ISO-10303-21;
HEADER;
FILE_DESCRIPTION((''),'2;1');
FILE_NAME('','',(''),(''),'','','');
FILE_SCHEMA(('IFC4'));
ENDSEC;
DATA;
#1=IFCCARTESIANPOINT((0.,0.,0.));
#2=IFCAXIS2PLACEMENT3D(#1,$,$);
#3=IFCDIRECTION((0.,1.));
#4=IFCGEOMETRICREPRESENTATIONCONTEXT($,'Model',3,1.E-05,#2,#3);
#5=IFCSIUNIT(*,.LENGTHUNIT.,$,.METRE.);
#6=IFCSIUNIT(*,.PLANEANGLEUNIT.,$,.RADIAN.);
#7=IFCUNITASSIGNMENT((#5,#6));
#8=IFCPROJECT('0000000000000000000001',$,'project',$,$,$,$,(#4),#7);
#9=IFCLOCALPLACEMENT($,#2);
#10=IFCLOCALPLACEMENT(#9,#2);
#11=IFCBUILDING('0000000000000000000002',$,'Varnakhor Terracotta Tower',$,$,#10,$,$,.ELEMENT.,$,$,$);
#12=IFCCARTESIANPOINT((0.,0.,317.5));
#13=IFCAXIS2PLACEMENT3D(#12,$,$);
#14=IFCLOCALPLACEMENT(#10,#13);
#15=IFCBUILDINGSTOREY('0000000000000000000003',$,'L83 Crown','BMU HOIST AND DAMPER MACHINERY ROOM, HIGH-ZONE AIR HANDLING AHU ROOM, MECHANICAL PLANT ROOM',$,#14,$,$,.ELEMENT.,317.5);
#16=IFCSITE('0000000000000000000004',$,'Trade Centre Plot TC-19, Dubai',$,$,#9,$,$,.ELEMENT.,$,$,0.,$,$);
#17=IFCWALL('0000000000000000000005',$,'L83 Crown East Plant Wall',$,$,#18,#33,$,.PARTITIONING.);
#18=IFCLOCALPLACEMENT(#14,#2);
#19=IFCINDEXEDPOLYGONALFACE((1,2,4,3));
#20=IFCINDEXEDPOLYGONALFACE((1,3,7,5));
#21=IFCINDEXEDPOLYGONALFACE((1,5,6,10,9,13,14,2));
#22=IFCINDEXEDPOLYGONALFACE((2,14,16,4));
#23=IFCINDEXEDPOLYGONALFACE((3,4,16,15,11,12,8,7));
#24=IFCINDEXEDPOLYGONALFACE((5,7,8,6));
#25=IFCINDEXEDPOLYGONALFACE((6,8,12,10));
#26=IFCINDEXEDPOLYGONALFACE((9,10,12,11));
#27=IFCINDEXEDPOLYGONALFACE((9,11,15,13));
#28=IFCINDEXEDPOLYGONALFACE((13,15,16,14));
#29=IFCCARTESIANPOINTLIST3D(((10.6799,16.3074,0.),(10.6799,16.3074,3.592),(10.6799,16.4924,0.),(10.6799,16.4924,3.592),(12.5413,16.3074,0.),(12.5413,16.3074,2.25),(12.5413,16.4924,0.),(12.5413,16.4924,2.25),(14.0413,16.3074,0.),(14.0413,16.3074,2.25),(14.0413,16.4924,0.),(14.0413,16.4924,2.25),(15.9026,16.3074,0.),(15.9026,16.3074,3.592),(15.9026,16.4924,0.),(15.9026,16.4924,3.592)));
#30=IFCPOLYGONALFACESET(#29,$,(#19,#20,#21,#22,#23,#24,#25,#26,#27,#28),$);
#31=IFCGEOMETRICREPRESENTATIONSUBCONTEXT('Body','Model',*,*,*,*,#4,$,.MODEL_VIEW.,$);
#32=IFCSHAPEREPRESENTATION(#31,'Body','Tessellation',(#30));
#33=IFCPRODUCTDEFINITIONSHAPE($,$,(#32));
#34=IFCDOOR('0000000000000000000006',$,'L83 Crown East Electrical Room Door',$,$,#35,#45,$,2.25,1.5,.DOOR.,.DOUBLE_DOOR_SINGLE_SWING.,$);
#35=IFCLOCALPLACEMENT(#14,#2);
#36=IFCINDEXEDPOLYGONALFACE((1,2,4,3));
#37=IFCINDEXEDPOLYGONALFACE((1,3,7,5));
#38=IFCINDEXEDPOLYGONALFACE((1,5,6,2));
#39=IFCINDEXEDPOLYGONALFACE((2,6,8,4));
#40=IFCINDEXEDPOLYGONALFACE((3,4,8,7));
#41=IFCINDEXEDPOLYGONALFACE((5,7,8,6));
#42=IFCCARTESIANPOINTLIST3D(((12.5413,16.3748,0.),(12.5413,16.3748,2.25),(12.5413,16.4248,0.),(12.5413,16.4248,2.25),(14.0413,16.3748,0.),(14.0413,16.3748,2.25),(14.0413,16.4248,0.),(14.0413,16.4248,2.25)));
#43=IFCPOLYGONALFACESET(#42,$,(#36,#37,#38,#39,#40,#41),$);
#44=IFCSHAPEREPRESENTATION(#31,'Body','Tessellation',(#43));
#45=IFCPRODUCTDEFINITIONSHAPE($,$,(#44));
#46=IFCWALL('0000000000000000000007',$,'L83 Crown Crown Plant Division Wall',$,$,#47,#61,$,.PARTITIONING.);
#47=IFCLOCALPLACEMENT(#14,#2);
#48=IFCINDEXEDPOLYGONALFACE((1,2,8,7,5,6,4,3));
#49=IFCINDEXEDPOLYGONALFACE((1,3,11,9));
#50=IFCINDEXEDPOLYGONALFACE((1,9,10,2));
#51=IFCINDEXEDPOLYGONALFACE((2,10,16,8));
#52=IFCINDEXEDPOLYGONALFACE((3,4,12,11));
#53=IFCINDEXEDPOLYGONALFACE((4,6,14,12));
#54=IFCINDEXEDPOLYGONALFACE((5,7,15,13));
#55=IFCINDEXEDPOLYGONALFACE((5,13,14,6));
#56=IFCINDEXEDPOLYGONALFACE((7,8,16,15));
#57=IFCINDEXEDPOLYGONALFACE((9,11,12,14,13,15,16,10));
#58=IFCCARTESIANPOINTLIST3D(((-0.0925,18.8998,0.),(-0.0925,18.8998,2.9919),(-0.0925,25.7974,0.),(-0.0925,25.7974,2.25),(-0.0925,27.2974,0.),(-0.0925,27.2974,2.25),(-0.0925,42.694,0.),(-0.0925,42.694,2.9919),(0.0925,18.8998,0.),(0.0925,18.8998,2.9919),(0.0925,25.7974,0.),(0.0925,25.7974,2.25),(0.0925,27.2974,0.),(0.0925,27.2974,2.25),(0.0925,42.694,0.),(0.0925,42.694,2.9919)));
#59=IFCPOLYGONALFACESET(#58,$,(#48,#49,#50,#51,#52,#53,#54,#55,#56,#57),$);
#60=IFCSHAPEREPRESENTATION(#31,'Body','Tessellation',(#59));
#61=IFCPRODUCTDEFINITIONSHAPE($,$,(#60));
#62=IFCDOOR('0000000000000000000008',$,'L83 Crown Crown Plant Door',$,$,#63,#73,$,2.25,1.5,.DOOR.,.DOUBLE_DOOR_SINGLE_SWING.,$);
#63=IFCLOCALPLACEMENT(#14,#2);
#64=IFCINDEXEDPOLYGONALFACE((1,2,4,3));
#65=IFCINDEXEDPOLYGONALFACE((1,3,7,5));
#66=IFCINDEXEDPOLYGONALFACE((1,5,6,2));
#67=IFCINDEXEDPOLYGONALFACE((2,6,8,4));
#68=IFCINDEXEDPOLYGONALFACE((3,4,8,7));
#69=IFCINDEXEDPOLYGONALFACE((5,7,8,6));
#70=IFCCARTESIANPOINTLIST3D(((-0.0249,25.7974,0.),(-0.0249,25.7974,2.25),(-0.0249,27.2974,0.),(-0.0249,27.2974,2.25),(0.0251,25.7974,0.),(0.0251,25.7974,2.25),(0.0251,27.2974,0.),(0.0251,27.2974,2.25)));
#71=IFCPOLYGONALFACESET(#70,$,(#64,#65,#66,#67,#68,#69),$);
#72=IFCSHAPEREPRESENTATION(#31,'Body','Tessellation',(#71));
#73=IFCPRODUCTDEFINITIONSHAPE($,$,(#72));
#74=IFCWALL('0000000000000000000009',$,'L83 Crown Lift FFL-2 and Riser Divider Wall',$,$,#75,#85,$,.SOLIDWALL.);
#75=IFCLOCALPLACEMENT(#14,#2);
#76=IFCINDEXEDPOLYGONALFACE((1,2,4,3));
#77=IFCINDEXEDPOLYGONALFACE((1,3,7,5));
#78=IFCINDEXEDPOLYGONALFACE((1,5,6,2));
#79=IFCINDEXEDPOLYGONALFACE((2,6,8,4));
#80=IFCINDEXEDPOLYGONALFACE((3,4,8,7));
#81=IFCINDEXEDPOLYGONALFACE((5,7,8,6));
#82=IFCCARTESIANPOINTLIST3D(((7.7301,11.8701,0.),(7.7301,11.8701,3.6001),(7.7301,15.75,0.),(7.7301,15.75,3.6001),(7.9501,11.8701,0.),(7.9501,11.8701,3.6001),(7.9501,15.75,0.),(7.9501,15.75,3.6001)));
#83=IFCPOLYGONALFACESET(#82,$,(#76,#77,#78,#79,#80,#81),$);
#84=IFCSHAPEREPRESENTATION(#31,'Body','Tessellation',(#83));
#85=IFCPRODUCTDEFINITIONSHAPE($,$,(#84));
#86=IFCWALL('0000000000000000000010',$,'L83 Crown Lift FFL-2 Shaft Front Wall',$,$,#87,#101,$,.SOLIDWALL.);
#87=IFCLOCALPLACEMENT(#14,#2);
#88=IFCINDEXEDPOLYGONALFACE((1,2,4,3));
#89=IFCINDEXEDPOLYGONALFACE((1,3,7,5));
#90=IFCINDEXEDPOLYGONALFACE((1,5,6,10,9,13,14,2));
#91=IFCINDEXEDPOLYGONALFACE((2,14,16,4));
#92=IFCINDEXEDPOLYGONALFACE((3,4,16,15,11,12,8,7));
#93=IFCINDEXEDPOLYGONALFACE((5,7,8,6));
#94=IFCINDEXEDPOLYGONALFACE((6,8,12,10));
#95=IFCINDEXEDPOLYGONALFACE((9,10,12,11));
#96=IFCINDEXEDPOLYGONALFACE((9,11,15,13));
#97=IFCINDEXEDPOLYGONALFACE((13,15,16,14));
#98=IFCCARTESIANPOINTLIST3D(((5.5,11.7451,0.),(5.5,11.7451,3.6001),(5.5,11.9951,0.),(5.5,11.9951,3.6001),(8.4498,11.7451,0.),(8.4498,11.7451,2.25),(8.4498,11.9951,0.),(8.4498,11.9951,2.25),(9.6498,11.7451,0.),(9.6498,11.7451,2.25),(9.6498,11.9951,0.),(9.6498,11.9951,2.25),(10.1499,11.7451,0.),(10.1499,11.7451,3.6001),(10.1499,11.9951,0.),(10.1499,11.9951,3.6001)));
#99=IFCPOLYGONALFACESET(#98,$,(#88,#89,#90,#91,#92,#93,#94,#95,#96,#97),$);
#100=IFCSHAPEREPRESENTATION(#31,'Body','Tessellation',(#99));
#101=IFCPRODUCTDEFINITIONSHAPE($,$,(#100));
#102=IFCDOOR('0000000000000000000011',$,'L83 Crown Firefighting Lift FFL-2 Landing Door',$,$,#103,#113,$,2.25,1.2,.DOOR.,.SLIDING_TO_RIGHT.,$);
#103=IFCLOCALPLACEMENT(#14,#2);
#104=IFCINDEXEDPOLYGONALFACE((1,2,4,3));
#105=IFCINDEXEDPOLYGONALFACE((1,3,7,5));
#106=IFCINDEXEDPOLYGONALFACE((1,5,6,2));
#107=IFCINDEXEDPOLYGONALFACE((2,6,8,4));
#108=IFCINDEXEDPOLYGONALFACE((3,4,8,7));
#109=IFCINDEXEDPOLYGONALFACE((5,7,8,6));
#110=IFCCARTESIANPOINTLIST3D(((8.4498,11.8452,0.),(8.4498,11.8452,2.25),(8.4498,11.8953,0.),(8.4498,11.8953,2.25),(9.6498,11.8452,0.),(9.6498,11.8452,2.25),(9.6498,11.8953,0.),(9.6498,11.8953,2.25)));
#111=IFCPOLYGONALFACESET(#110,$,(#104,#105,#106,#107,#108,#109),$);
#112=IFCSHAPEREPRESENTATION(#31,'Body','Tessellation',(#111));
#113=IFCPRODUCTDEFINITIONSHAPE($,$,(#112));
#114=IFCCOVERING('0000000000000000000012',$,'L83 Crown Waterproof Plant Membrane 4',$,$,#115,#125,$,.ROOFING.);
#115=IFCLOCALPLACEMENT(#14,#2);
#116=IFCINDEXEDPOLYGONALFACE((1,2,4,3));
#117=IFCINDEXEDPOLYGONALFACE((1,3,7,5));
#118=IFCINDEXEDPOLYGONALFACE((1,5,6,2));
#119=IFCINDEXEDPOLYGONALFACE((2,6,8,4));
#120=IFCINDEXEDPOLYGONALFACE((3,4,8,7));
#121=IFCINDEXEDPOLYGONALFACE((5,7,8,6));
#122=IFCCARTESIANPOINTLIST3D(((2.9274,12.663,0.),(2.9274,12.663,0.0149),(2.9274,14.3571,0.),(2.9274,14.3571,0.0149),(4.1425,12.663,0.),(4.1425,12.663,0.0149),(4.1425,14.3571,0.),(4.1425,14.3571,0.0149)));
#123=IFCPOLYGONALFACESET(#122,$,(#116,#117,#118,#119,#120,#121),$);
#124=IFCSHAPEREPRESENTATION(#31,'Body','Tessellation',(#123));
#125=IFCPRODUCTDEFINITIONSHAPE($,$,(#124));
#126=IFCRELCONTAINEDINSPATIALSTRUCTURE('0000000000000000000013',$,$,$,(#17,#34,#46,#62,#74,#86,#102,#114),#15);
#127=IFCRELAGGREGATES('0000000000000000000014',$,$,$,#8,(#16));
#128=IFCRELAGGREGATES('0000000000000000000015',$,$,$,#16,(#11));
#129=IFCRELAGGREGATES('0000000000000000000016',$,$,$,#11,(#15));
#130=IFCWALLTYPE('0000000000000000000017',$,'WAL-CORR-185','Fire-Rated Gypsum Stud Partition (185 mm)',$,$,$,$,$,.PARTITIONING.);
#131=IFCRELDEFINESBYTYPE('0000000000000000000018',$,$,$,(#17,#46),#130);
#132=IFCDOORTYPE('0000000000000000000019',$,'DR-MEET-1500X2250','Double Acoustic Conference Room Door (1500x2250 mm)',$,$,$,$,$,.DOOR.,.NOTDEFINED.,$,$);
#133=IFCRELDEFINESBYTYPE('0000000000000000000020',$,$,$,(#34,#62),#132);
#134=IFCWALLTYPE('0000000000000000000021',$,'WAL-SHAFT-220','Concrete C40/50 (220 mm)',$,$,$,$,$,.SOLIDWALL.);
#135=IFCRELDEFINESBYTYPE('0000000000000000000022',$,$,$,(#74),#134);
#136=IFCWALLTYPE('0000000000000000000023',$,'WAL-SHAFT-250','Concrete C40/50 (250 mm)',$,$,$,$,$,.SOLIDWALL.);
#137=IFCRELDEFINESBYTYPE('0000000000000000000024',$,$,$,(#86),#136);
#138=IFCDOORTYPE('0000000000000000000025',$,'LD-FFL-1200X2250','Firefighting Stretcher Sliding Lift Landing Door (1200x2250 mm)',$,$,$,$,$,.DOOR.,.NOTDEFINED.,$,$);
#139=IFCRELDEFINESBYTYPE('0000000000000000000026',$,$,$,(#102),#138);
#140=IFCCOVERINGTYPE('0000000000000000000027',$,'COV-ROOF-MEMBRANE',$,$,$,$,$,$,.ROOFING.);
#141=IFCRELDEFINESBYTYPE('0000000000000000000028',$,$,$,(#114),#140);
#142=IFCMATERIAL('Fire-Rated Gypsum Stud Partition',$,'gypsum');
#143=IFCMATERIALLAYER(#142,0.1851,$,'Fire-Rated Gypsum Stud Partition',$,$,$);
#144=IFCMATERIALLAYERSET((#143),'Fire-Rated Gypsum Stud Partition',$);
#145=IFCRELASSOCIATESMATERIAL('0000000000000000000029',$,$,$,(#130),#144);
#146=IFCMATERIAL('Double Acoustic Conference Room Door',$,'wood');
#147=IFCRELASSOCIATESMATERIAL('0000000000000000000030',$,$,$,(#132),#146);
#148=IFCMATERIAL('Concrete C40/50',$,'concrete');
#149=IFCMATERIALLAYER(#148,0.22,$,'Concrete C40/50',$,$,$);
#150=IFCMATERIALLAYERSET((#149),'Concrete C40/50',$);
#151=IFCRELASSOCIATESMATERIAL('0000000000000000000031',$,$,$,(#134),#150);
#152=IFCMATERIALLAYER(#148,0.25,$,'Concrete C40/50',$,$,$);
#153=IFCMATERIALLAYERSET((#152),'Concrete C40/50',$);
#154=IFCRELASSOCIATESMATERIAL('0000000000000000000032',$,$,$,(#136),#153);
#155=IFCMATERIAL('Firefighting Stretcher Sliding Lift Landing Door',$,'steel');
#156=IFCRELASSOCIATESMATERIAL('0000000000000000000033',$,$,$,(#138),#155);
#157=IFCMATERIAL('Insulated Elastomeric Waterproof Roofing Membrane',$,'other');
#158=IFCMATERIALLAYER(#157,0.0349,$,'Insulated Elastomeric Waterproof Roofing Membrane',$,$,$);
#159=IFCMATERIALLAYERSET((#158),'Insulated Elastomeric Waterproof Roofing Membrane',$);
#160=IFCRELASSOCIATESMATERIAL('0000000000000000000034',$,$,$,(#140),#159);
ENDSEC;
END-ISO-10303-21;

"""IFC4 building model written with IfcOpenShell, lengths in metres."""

from ifc_helpers import new_model, si_unit, direction, frame, frame_2d, origin, origin_2d, place, context, subcontext, project, spatial, rectangle, extrude, source, transform, mapped, material, layer, layer_set, type_object, type_shapes, element, fill, save


model = new_model("IFC4")

# Units and contexts
model_context = context("Model", 3, precision=1e-05, world=origin(), true_north=direction((0.0, 1.0)))
body_context = subcontext(model_context, "Body", "Model", "MODEL_VIEW")
ifc_project = project(units=[si_unit("LENGTHUNIT", "METRE"), si_unit("PLANEANGLEUNIT", "RADIAN")], contexts=[model_context])

# Site, building, storey
site_placement = place(None, origin())
site = spatial("IfcSite", under=ifc_project, at=site_placement, Name="Trade Centre Plot TC-19, Dubai", CompositionType="ELEMENT", RefElevation=0.0)
building_placement = place(site_placement, origin())
building = spatial("IfcBuilding", under=site, at=building_placement, Name="Varnakhor Terracotta Tower", CompositionType="ELEMENT")
storey_placement = place(building_placement, frame((0.0, 0.0, 317.5)))
storey = spatial("IfcBuildingStorey", under=building, at=storey_placement, Name="L83 Crown", Description="BMU HOIST AND DAMPER MACHINERY ROOM, HIGH-ZONE AIR HANDLING AHU ROOM, MECHANICAL PLANT ROOM", CompositionType="ELEMENT", Elevation=317.5)

# Walls, openings, doors
ifc_material_1 = material(Name="Fire-Rated Gypsum Stud Partition", Category="gypsum")
ifc_layer_1 = layer(ifc_material_1, 0.1851, Name="Fire-Rated Gypsum Stud Partition")
ifc_layer_set_1 = layer_set([ifc_layer_1], Name="Fire-Rated Gypsum Stud Partition")
wall_type_1 = type_object("IfcWallType", Name="WAL-CORR-185", Description="Fire-Rated Gypsum Stud Partition (185 mm)", PredefinedType="PARTITIONING", material=ifc_layer_set_1)
wall_1_placement = place(storey_placement, frame((10.6799, 16.3999, 0.0), z_axis=(0.0, 0.0, 1.0), x_axis=(1.0, 0.0, 0.0)))
wall_1 = element("IfcWall", 1, at=wall_1_placement, inside=storey, type_object=wall_type_1, Name="L83 Crown East Plant Wall", PredefinedType="PARTITIONING", context=body_context, shape_type="SweptSolid", body=[
    extrude(rectangle(XDim=5.2227, YDim=0.1851, at=frame_2d((2.6113, 0.0))), origin(), (0.0, 0.0, 1.0), 3.592),
])
opening_1_placement = place(wall_1_placement, frame((1.8613, 0.0, 0.0)))
opening_1 = element("IfcOpeningElement", 2, at=opening_1_placement, cuts=wall_1, PredefinedType="OPENING", context=body_context, shape_type="SweptSolid", body=[
    extrude(rectangle(XDim=1.5, YDim=2.25, at=frame_2d((0.75, 1.125))), frame((0.0, 0.1025, 0.0), z_axis=(0.0, -1.0, 0.0), x_axis=(1.0, 0.0, 0.0)), (0.0, 0.0, 1.0), 0.2051),
])
ifc_material_2 = material(Name="Double Acoustic Conference Room Door", Category="wood")
door_type_1 = type_object("IfcDoorType", Name="DR-MEET-1500X2250", Description="Double Acoustic Conference Room Door (1500x2250 mm)", OperationType="NOTDEFINED", PredefinedType="DOOR", material=ifc_material_2)
shared_shape_1 = source(origin(), body_context, "Body", "SweptSolid", [
    extrude(rectangle(XDim=1.5, YDim=2.25, at=frame_2d((0.75, 1.125))), frame((0.0, 0.0249, 0.0), z_axis=(0.0, -1.0, 0.0), x_axis=(1.0, 0.0, 0.0)), (0.0, 0.0, 1.0), 0.05),
])
type_shapes(door_type_1, [shared_shape_1])
door_1_placement = place(opening_1_placement, origin())
door_1 = element("IfcDoor", 3, at=door_1_placement, inside=storey, type_object=door_type_1, Name="L83 Crown East Electrical Room Door", OperationType="DOUBLE_DOOR_SINGLE_SWING", OverallHeight=2.25, OverallWidth=1.5, PredefinedType="DOOR", context=body_context, shape_type="MappedRepresentation", body=[
    mapped(shared_shape_1, transform((0.0, 0.0, 0.0), scale=1.0)),
])
fill(opening_1, door_1)
wall_2_placement = place(storey_placement, frame((0.0, 18.8999, 0.0), z_axis=(0.0, 0.0, 1.0), x_axis=(0.0, 1.0, 0.0)))
wall_2 = element("IfcWall", 4, at=wall_2_placement, inside=storey, type_object=wall_type_1, Name="L83 Crown Crown Plant Division Wall", PredefinedType="PARTITIONING", context=body_context, shape_type="SweptSolid", body=[
    extrude(rectangle(XDim=23.7942, YDim=0.1851, at=frame_2d((11.897, 0.0))), origin(), (0.0, 0.0, 1.0), 2.9919),
])
opening_2_placement = place(wall_2_placement, frame((6.8975, 0.0, 0.0)))
opening_2 = element("IfcOpeningElement", 5, at=opening_2_placement, cuts=wall_2, PredefinedType="OPENING", context=body_context, shape_type="SweptSolid", body=[
    extrude(rectangle(XDim=1.5, YDim=2.25, at=frame_2d((0.75, 1.125))), frame((0.0, 0.1025, 0.0), z_axis=(0.0, -1.0, 0.0), x_axis=(1.0, 0.0, 0.0)), (0.0, 0.0, 1.0), 0.2051),
])
door_2_placement = place(opening_2_placement, origin())
door_2 = element("IfcDoor", 6, at=door_2_placement, inside=storey, type_object=door_type_1, Name="L83 Crown Crown Plant Door", OperationType="DOUBLE_DOOR_SINGLE_SWING", OverallHeight=2.25, OverallWidth=1.5, PredefinedType="DOOR", context=body_context, shape_type="MappedRepresentation", body=[
    mapped(shared_shape_1, transform((0.0, 0.0, 0.0), scale=1.0)),
])
fill(opening_2, door_2)

# Wall
ifc_material_3 = material(Name="Concrete C40/50", Category="concrete")
ifc_layer_2 = layer(ifc_material_3, 0.22, Name="Concrete C40/50")
ifc_layer_set_2 = layer_set([ifc_layer_2], Name="Concrete C40/50")
wall_type_2 = type_object("IfcWallType", Name="WAL-SHAFT-220", Description="Concrete C40/50 (220 mm)", PredefinedType="SOLIDWALL", material=ifc_layer_set_2)
wall_3_placement = place(storey_placement, frame((7.8401, 11.8701, 0.0), z_axis=(0.0, 0.0, 1.0), x_axis=(0.0, 1.0, 0.0)))
element("IfcWall", 7, at=wall_3_placement, inside=storey, type_object=wall_type_2, Name="L83 Crown Lift FFL-2 and Riser Divider Wall", PredefinedType="SOLIDWALL", context=body_context, shape_type="SweptSolid", body=[
    extrude(rectangle(XDim=3.8799, YDim=0.22, at=frame_2d((1.9399, 0.0))), origin(), (0.0, 0.0, 1.0), 3.6001),
])

# Wall, opening, door
ifc_layer_3 = layer(ifc_material_3, 0.25, Name="Concrete C40/50")
ifc_layer_set_3 = layer_set([ifc_layer_3], Name="Concrete C40/50")
wall_type_3 = type_object("IfcWallType", Name="WAL-SHAFT-250", Description="Concrete C40/50 (250 mm)", PredefinedType="SOLIDWALL", material=ifc_layer_set_3)
wall_4_placement = place(storey_placement, frame((10.1499, 11.8701, 0.0), z_axis=(0.0, 0.0, 1.0), x_axis=(-1.0, 0.0, 0.0)))
wall_4 = element("IfcWall", 8, at=wall_4_placement, inside=storey, type_object=wall_type_3, Name="L83 Crown Lift FFL-2 Shaft Front Wall", PredefinedType="SOLIDWALL", context=body_context, shape_type="SweptSolid", body=[
    extrude(rectangle(XDim=4.6499, YDim=0.25, at=frame_2d((2.325, 0.0))), origin(), (0.0, 0.0, 1.0), 3.6001),
])
opening_3_placement = place(wall_4_placement, frame((0.5, 0.0, 0.0)))
opening_3 = element("IfcOpeningElement", 9, at=opening_3_placement, cuts=wall_4, PredefinedType="OPENING", context=body_context, shape_type="SweptSolid", body=[
    extrude(rectangle(XDim=1.2, YDim=2.25, at=frame_2d((0.6001, 1.125))), frame((0.0, 0.135, 0.0), z_axis=(0.0, -1.0, 0.0), x_axis=(1.0, 0.0, 0.0)), (0.0, 0.0, 1.0), 0.27),
])
ifc_material_4 = material(Name="Firefighting Stretcher Sliding Lift Landing Door", Category="steel")
door_type_2 = type_object("IfcDoorType", Name="LD-FFL-1200X2250", Description="Firefighting Stretcher Sliding Lift Landing Door (1200x2250 mm)", OperationType="NOTDEFINED", PredefinedType="DOOR", material=ifc_material_4)
shared_shape_2 = source(origin(), body_context, "Body", "SweptSolid", [
    extrude(rectangle(XDim=1.2, YDim=2.25, at=frame_2d((0.6001, 1.125))), frame((0.0, 0.0249, 0.0), z_axis=(0.0, -1.0, 0.0), x_axis=(1.0, 0.0, 0.0)), (0.0, 0.0, 1.0), 0.05),
])
type_shapes(door_type_2, [shared_shape_2])
door_3_placement = place(opening_3_placement, origin())
door_3 = element("IfcDoor", 10, at=door_3_placement, inside=storey, type_object=door_type_2, Name="L83 Crown Firefighting Lift FFL-2 Landing Door", OperationType="SLIDING_TO_RIGHT", OverallHeight=2.25, OverallWidth=1.2, PredefinedType="DOOR", context=body_context, shape_type="MappedRepresentation", body=[
    mapped(shared_shape_2, transform((0.0, 0.0, 0.0), scale=1.0)),
])
fill(opening_3, door_3)

# Covering
ifc_material_5 = material(Name="Insulated Elastomeric Waterproof Roofing Membrane", Category="other")
ifc_layer_4 = layer(ifc_material_5, 0.0349, Name="Insulated Elastomeric Waterproof Roofing Membrane")
ifc_layer_set_4 = layer_set([ifc_layer_4], Name="Insulated Elastomeric Waterproof Roofing Membrane")
covering_type = type_object("IfcCoveringType", Name="COV-ROOF-MEMBRANE", PredefinedType="ROOFING", material=ifc_layer_set_4)
shared_shape_3 = source(origin(), body_context, "Body", "SweptSolid", [
    extrude(rectangle(XDim=1.2151, YDim=1.6941, at=origin_2d()), origin(), (0.0, 0.0, 1.0), 0.0149),
])
covering_placement = place(storey_placement, frame((3.5349, 13.51, 0.0), z_axis=(0.0, 0.0, 1.0), x_axis=(1.0, 0.0, 0.0)))
element("IfcCovering", 11, at=covering_placement, inside=storey, type_object=covering_type, Name="L83 Crown Waterproof Plant Membrane 4", PredefinedType="ROOFING", context=body_context, shape_type="MappedRepresentation", body=[
    mapped(shared_shape_3, transform((0.0, 0.0, 0.0), scale=1.0)),
])

save(model, "model.ifc")
